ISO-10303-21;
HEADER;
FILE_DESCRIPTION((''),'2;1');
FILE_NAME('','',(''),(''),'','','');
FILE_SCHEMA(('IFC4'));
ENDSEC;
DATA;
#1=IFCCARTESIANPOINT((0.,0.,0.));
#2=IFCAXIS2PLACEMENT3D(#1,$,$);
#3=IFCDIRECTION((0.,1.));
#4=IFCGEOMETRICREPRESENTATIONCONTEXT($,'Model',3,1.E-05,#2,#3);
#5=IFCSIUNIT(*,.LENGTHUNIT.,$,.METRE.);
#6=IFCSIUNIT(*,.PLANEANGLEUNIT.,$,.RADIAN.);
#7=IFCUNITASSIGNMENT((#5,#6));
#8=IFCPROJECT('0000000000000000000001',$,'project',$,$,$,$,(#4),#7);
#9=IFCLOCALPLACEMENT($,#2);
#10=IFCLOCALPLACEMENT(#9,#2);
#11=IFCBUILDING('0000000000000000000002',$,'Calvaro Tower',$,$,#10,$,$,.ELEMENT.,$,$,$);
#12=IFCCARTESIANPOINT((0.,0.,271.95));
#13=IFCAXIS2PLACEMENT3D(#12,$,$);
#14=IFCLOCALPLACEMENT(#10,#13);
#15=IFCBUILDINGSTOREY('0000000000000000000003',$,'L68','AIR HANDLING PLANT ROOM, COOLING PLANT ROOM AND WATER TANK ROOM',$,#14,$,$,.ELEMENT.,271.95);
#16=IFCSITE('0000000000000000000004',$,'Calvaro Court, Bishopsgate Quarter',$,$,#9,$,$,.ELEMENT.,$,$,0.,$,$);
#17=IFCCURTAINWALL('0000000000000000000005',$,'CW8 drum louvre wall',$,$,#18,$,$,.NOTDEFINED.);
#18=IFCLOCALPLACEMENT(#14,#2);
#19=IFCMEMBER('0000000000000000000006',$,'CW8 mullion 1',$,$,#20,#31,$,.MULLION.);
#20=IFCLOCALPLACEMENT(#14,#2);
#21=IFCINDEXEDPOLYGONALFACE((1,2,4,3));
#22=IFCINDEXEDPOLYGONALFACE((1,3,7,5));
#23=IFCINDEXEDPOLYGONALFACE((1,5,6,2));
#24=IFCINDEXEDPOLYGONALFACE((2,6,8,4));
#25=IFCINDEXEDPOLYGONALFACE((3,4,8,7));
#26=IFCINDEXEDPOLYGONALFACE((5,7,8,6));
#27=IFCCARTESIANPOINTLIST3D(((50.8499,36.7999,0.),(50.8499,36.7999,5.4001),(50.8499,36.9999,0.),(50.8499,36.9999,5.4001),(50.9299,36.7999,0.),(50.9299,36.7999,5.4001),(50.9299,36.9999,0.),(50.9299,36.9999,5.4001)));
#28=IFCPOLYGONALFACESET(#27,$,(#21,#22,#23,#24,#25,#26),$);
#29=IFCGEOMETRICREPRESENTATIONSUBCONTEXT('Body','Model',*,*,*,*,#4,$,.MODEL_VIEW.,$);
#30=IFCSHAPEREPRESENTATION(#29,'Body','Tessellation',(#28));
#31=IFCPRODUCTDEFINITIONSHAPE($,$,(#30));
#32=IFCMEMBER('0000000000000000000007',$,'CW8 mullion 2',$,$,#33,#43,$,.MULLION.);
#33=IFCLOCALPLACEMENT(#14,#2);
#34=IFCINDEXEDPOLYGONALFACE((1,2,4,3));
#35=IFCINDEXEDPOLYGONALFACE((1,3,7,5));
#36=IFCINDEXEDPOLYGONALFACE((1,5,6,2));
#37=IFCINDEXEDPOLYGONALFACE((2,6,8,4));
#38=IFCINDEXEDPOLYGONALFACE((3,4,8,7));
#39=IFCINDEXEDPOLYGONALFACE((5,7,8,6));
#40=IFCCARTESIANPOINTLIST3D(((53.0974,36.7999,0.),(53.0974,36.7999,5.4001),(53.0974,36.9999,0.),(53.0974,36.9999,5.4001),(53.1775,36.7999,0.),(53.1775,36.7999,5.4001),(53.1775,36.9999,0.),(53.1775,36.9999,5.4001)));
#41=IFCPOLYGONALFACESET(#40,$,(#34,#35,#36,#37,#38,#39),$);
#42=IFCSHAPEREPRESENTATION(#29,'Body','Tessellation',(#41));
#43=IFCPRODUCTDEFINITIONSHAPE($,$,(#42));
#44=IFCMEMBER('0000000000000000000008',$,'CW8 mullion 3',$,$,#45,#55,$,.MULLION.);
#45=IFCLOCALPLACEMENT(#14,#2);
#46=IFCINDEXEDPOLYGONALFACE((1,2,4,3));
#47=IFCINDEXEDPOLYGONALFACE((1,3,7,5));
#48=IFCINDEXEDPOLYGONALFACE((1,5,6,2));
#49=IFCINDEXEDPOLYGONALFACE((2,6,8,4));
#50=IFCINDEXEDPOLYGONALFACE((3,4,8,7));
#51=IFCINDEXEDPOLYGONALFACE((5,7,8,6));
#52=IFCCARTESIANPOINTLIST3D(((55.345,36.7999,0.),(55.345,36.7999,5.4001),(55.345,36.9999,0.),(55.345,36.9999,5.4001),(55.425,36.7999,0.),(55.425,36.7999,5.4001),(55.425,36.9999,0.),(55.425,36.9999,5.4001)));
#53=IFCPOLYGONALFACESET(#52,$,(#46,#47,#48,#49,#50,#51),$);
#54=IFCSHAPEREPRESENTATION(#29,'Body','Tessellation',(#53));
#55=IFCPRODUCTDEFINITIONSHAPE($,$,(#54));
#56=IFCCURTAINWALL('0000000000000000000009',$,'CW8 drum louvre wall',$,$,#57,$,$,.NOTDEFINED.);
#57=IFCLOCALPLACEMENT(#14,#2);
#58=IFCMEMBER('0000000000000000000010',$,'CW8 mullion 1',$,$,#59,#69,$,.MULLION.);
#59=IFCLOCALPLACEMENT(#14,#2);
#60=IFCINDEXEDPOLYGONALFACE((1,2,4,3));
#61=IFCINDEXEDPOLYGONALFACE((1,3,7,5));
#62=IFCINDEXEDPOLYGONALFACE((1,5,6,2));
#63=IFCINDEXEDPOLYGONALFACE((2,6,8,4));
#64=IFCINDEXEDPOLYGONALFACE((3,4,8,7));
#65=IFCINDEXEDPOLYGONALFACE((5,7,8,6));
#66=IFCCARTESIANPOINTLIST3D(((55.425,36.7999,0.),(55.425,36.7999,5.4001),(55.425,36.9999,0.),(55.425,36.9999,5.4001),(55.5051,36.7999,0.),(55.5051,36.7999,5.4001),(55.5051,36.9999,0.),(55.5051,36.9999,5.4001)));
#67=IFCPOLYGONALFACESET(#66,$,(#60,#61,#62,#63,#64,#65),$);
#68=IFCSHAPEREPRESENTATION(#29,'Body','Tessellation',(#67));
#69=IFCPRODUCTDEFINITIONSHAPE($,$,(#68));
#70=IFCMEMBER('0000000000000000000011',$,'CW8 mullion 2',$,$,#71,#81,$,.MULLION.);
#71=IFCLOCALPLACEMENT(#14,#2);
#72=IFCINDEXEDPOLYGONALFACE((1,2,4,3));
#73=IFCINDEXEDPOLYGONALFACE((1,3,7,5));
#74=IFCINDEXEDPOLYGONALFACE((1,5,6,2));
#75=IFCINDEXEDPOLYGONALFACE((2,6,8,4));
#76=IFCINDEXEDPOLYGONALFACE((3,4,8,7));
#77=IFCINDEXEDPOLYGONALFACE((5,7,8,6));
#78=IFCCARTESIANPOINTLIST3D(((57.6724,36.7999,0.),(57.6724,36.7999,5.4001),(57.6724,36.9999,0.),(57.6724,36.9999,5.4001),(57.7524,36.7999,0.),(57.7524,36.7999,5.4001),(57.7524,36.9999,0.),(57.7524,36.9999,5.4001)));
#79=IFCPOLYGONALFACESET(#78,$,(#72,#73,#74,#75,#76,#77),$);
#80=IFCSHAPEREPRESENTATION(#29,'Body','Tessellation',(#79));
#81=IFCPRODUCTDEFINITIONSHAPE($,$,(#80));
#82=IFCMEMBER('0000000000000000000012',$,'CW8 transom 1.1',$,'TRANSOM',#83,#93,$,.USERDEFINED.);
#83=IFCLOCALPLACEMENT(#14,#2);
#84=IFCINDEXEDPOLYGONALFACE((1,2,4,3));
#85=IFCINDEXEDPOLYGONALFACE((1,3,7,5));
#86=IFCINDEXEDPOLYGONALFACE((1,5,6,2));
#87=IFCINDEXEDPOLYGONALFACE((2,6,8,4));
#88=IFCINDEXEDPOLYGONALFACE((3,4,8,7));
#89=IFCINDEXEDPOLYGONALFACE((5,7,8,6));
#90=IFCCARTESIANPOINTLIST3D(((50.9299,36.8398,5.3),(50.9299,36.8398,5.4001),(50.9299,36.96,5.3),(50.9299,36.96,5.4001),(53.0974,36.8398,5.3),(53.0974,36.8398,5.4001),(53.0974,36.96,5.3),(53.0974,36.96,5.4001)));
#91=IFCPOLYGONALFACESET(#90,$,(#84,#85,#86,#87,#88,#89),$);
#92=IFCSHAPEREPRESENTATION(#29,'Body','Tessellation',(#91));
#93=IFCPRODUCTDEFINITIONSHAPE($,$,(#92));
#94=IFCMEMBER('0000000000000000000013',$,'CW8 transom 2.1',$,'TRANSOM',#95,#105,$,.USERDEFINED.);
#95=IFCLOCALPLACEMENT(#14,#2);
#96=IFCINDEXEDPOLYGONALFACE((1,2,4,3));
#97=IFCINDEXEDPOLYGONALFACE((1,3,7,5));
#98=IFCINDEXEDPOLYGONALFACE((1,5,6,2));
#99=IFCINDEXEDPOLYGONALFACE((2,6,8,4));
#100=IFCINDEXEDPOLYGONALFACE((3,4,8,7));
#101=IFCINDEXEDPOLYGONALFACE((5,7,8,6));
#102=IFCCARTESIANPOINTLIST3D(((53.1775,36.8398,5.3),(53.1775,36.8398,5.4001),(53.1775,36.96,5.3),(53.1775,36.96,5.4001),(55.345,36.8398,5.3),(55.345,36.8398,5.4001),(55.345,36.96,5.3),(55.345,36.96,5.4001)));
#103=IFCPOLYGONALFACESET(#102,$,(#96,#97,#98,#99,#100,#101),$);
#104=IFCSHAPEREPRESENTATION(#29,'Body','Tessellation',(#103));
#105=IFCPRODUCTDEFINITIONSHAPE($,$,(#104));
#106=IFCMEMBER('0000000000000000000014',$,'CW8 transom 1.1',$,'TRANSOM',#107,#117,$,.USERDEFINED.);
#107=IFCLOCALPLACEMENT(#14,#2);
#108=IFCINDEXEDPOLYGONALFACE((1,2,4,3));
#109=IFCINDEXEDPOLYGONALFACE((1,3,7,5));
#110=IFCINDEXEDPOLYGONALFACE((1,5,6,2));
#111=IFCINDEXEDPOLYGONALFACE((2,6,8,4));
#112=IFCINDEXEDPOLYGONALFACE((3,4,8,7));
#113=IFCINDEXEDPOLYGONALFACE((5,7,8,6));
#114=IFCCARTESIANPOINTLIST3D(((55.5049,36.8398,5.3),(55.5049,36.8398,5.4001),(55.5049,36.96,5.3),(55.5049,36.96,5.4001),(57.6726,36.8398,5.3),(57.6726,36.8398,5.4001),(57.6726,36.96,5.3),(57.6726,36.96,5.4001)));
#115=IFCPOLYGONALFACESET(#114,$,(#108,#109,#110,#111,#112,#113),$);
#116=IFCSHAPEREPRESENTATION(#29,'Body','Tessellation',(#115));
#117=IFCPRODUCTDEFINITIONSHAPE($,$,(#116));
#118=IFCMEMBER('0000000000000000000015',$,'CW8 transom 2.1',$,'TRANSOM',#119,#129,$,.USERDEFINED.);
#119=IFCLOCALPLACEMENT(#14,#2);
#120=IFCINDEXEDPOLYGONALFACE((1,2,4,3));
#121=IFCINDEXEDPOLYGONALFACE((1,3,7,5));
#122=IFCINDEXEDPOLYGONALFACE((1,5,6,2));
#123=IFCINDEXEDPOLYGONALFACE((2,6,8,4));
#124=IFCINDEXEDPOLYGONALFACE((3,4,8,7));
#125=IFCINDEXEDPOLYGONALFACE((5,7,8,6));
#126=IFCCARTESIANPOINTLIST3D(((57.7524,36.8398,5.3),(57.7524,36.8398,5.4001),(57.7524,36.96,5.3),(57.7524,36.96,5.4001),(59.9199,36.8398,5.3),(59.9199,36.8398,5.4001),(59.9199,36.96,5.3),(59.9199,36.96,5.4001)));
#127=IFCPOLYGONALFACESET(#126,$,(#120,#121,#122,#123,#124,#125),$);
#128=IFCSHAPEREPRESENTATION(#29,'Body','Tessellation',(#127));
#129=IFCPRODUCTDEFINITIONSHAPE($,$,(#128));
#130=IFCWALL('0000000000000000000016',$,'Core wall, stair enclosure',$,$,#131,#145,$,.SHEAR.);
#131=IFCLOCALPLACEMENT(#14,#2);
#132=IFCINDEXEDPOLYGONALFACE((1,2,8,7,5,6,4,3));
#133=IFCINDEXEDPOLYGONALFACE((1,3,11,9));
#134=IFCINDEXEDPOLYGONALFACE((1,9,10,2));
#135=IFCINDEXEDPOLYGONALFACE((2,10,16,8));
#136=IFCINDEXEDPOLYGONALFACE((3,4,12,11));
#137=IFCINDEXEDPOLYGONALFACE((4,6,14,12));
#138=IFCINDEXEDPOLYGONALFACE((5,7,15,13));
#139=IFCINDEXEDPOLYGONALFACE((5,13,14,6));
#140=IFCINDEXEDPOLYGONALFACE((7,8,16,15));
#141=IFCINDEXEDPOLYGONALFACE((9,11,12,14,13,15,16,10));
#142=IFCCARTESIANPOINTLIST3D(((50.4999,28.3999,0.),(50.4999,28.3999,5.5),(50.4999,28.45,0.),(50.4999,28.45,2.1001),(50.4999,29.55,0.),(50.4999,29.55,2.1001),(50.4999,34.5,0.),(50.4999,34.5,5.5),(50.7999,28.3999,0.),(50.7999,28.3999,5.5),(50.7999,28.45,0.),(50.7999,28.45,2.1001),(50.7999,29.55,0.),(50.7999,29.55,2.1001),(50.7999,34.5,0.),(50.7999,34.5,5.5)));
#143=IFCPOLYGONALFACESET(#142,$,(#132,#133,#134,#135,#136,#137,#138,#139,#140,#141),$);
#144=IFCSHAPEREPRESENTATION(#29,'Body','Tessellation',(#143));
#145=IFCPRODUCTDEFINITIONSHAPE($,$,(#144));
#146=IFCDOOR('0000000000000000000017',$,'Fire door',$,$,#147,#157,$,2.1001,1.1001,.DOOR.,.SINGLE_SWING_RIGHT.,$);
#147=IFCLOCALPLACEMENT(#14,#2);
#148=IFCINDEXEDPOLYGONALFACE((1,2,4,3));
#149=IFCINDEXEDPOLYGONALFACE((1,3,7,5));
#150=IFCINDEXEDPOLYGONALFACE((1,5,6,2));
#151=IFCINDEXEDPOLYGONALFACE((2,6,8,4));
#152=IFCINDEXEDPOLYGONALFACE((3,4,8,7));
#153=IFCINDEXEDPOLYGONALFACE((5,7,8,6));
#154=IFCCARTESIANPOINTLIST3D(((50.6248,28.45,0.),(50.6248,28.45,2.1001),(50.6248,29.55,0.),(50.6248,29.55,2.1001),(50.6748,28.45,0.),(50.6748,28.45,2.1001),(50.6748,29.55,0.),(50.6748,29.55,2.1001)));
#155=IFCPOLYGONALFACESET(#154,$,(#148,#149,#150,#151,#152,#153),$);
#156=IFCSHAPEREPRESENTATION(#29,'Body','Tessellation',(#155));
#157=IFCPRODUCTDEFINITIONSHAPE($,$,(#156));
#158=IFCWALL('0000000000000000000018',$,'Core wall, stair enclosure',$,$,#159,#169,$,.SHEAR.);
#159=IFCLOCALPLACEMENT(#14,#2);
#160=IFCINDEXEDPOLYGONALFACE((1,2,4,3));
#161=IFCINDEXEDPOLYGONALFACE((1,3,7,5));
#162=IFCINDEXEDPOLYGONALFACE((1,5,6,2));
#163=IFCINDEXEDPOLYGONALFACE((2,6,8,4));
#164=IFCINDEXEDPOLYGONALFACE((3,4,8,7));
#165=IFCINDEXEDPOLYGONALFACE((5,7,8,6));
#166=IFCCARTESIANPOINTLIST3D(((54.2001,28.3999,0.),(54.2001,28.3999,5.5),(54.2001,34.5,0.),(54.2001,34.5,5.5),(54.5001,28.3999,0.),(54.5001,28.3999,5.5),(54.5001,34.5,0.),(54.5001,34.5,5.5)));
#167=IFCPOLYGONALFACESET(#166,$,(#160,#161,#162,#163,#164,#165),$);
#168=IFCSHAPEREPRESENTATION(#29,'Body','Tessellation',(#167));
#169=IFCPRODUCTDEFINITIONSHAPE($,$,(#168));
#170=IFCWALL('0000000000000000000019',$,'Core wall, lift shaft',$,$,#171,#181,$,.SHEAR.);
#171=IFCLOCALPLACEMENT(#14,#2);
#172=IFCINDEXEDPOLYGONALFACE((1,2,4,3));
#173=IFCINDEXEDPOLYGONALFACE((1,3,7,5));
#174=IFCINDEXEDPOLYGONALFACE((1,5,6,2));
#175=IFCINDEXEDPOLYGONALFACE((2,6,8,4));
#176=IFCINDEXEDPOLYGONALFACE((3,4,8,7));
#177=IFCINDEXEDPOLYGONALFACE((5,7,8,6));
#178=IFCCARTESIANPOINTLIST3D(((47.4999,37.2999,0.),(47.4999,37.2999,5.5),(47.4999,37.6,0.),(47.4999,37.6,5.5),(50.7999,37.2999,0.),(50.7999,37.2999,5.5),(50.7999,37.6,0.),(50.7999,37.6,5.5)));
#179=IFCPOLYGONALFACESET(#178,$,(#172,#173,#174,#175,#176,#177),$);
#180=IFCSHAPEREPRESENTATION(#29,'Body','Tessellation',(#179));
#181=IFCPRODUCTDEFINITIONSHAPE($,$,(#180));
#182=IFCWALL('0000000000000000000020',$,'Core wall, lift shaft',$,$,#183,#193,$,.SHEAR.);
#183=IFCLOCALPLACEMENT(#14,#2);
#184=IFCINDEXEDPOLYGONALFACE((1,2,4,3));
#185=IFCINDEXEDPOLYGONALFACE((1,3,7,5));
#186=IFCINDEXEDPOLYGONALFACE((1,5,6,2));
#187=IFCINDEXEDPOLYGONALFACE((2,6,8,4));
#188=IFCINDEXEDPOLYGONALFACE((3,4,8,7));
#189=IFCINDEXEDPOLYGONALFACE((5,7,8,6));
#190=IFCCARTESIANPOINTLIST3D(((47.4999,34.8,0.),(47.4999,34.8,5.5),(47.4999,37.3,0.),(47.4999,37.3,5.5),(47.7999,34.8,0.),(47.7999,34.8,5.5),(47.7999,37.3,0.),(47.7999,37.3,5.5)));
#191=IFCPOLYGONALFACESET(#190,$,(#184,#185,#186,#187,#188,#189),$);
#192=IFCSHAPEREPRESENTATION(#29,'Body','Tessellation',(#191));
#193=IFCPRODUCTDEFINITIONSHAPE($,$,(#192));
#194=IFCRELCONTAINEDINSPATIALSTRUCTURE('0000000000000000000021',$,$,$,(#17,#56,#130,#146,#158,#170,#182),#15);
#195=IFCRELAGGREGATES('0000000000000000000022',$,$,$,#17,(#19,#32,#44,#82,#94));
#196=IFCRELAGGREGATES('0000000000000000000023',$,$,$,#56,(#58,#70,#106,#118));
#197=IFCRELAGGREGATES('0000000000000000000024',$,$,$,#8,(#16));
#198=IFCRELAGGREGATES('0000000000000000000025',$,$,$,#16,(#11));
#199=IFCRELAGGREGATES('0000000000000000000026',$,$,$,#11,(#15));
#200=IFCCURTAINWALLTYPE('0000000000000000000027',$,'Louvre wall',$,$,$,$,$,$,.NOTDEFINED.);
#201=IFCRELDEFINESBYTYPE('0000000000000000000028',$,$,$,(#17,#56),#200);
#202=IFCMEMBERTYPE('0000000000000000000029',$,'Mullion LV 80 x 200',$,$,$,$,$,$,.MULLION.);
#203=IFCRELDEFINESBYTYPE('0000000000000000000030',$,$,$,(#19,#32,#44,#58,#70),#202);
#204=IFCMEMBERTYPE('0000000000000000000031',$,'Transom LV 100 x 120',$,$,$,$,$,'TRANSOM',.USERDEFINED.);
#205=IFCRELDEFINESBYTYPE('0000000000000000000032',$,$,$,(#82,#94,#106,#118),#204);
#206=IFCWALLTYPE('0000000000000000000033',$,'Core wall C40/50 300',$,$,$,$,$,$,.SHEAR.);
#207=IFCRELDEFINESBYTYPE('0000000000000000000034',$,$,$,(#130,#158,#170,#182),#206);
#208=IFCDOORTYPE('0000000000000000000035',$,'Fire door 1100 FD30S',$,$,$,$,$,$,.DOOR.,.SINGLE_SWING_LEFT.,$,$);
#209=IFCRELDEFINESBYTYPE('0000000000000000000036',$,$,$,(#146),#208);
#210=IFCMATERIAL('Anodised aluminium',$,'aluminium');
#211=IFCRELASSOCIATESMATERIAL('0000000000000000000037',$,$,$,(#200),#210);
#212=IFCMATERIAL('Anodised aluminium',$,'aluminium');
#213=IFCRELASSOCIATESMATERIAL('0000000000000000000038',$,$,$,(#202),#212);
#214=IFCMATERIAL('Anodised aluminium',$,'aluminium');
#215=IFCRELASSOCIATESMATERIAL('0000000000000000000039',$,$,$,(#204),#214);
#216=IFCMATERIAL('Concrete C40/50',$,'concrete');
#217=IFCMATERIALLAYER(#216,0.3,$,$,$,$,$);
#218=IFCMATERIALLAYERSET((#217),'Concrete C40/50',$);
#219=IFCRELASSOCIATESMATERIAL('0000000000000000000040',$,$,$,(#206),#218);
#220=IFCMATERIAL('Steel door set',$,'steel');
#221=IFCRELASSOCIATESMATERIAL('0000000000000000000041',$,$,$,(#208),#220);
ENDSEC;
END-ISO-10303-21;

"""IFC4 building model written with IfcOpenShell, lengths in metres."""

from ifc_helpers import new_model, si_unit, direction, frame, frame_2d, origin, origin_2d, place, context, subcontext, project, spatial, rectangle, extrude, material, layer, layer_set, material_profile, profile_set, type_object, element, fill, aggregate, save


model = new_model("IFC4")

# Units and contexts
model_context = context("Model", 3, precision=1e-05, world=origin(), true_north=direction((0.0, 1.0)))
body_context = subcontext(model_context, "Body", "Model", "MODEL_VIEW")
ifc_project = project(units=[si_unit("LENGTHUNIT", "METRE"), si_unit("PLANEANGLEUNIT", "RADIAN")], contexts=[model_context])

# Site, building, storey
site_placement = place(None, origin())
site = spatial("IfcSite", under=ifc_project, at=site_placement, Name="Calvaro Court, Bishopsgate Quarter", CompositionType="ELEMENT", RefElevation=0.0)
building_placement = place(site_placement, origin())
building = spatial("IfcBuilding", under=site, at=building_placement, Name="Calvaro Tower", CompositionType="ELEMENT")
storey_placement = place(building_placement, frame((0.0, 0.0, 271.95)))
storey = spatial("IfcBuildingStorey", under=building, at=storey_placement, Name="L68", Description="AIR HANDLING PLANT ROOM, COOLING PLANT ROOM AND WATER TANK ROOM", CompositionType="ELEMENT", Elevation=271.95)

# Curtain walls, members
ifc_material_1 = material(Name="Anodised aluminium", Category="aluminium")
curtain_wall_type = type_object("IfcCurtainWallType", Name="Louvre wall", PredefinedType="NOTDEFINED", material=ifc_material_1)
curtain_wall_1_placement = place(storey_placement, origin())
curtain_wall_1 = element("IfcCurtainWall", 1, at=curtain_wall_1_placement, inside=storey, type_object=curtain_wall_type, Name="CW8 drum louvre wall", PredefinedType="NOTDEFINED")
ifc_material_2 = material(Name="Anodised aluminium", Category="aluminium")
ifc_material_profile_1 = material_profile(ifc_material_2, rectangle(XDim=0.2, YDim=0.0801, at=origin_2d()), Name="Mullion LV 80 x 200")
ifc_profile_set_1 = profile_set([ifc_material_profile_1], Name="Anodised aluminium")
member_type_1 = type_object("IfcMemberType", Name="Mullion LV 80 x 200", PredefinedType="MULLION", material=ifc_profile_set_1)
member_1_placement = place(storey_placement, frame((50.8899, 36.8999, 0.0), z_axis=(0.0, 0.0, 1.0), x_axis=(0.0, 1.0, 0.0)))
member_1 = element("IfcMember", 2, at=member_1_placement, type_object=member_type_1, Name="CW8 mullion 1", PredefinedType="MULLION", context=body_context, shape_type="SweptSolid", body=[
    extrude(rectangle(XDim=0.2, YDim=0.0801, at=origin_2d()), origin(), (0.0, 0.0, 1.0), 5.4001),
])
member_2_placement = place(storey_placement, frame((53.1375, 36.8999, 0.0), z_axis=(0.0, 0.0, 1.0), x_axis=(0.0, 1.0, 0.0)))
member_2 = element("IfcMember", 3, at=member_2_placement, type_object=member_type_1, Name="CW8 mullion 2", PredefinedType="MULLION", context=body_context, shape_type="SweptSolid", body=[
    extrude(rectangle(XDim=0.2, YDim=0.0801, at=origin_2d()), origin(), (0.0, 0.0, 1.0), 5.4001),
])
member_3_placement = place(storey_placement, frame((55.385, 36.8999, 0.0), z_axis=(0.0, 0.0, 1.0), x_axis=(0.0, 1.0, 0.0)))
member_3 = element("IfcMember", 4, at=member_3_placement, type_object=member_type_1, Name="CW8 mullion 3", PredefinedType="MULLION", context=body_context, shape_type="SweptSolid", body=[
    extrude(rectangle(XDim=0.2, YDim=0.0801, at=origin_2d()), origin(), (0.0, 0.0, 1.0), 5.4001),
])
curtain_wall_2_placement = place(storey_placement, origin())
curtain_wall_2 = element("IfcCurtainWall", 5, at=curtain_wall_2_placement, inside=storey, type_object=curtain_wall_type, Name="CW8 drum louvre wall", PredefinedType="NOTDEFINED")
member_4_placement = place(storey_placement, frame((55.4651, 36.8999, 0.0), z_axis=(0.0, 0.0, 1.0), x_axis=(0.0, 1.0, 0.0)))
member_4 = element("IfcMember", 6, at=member_4_placement, type_object=member_type_1, Name="CW8 mullion 1", PredefinedType="MULLION", context=body_context, shape_type="SweptSolid", body=[
    extrude(rectangle(XDim=0.2, YDim=0.0801, at=origin_2d()), origin(), (0.0, 0.0, 1.0), 5.4001),
])
member_5_placement = place(storey_placement, frame((57.7124, 36.8999, 0.0), z_axis=(0.0, 0.0, 1.0), x_axis=(0.0, 1.0, 0.0)))
member_5 = element("IfcMember", 7, at=member_5_placement, type_object=member_type_1, Name="CW8 mullion 2", PredefinedType="MULLION", context=body_context, shape_type="SweptSolid", body=[
    extrude(rectangle(XDim=0.2, YDim=0.0801, at=origin_2d()), origin(), (0.0, 0.0, 1.0), 5.4001),
])

# Members
ifc_material_3 = material(Name="Anodised aluminium", Category="aluminium")
ifc_material_profile_2 = material_profile(ifc_material_3, rectangle(XDim=0.1201, YDim=0.1001, at=origin_2d()), Name="Transom LV 100 x 120")
ifc_profile_set_2 = profile_set([ifc_material_profile_2], Name="Anodised aluminium")
member_type_2 = type_object("IfcMemberType", Name="Transom LV 100 x 120", ElementType="TRANSOM", PredefinedType="USERDEFINED", material=ifc_profile_set_2)
member_6_placement = place(storey_placement, frame((50.9299, 36.8999, 5.3501), z_axis=(1.0, 0.0, 0.0), x_axis=(0.0, 1.0, 0.0)))
member_6 = element("IfcMember", 8, at=member_6_placement, type_object=member_type_2, Name="CW8 transom 1.1", ObjectType="TRANSOM", PredefinedType="USERDEFINED", context=body_context, shape_type="SweptSolid", body=[
    extrude(rectangle(XDim=0.1201, YDim=0.1001, at=origin_2d()), origin(), (0.0, 0.0, 1.0), 2.1675),
])
member_7_placement = place(storey_placement, frame((53.1775, 36.8999, 5.3501), z_axis=(1.0, 0.0, 0.0), x_axis=(0.0, 1.0, 0.0)))
member_7 = element("IfcMember", 9, at=member_7_placement, type_object=member_type_2, Name="CW8 transom 2.1", ObjectType="TRANSOM", PredefinedType="USERDEFINED", context=body_context, shape_type="SweptSolid", body=[
    extrude(rectangle(XDim=0.1201, YDim=0.1001, at=origin_2d()), origin(), (0.0, 0.0, 1.0), 2.1675),
])
member_8_placement = place(storey_placement, frame((55.5049, 36.8999, 5.3501), z_axis=(1.0, 0.0, 0.0), x_axis=(0.0, 1.0, 0.0)))
member_8 = element("IfcMember", 10, at=member_8_placement, type_object=member_type_2, Name="CW8 transom 1.1", ObjectType="TRANSOM", PredefinedType="USERDEFINED", context=body_context, shape_type="SweptSolid", body=[
    extrude(rectangle(XDim=0.1201, YDim=0.1001, at=origin_2d()), origin(), (0.0, 0.0, 1.0), 2.1677),
])
member_9_placement = place(storey_placement, frame((57.7524, 36.8999, 5.3501), z_axis=(1.0, 0.0, 0.0), x_axis=(0.0, 1.0, 0.0)))
member_9 = element("IfcMember", 11, at=member_9_placement, type_object=member_type_2, Name="CW8 transom 2.1", ObjectType="TRANSOM", PredefinedType="USERDEFINED", context=body_context, shape_type="SweptSolid", body=[
    extrude(rectangle(XDim=0.1201, YDim=0.1001, at=origin_2d()), origin(), (0.0, 0.0, 1.0), 2.1675),
])

# Wall, opening, door
ifc_material_4 = material(Name="Concrete C40/50", Category="concrete")
ifc_layer_1 = layer(ifc_material_4, 0.3)
ifc_layer_set_1 = layer_set([ifc_layer_1], Name="Concrete C40/50")
wall_type = type_object("IfcWallType", Name="Core wall C40/50 300", PredefinedType="SHEAR", material=ifc_layer_set_1)
wall_1_placement = place(storey_placement, frame((50.6499, 34.5, 0.0), z_axis=(0.0, 0.0, 1.0), x_axis=(0.0, -1.0, 0.0)))
wall_1 = element("IfcWall", 12, at=wall_1_placement, inside=storey, type_object=wall_type, Name="Core wall, stair enclosure", PredefinedType="SHEAR", context=body_context, shape_type="SweptSolid", body=[
    extrude(rectangle(XDim=6.1001, YDim=0.3, at=frame_2d((3.05, 0.0))), origin(), (0.0, 0.0, 1.0), 5.5),
])
opening_placement = place(wall_1_placement, frame((4.95, 0.0, 0.0)))
opening = element("IfcOpeningElement", 13, at=opening_placement, cuts=wall_1, PredefinedType="OPENING", context=body_context, shape_type="SweptSolid", body=[
    extrude(rectangle(XDim=1.1001, YDim=2.1001, at=frame_2d((0.55, 1.05))), frame((0.0, 0.1599, 0.0), z_axis=(0.0, -1.0, 0.0), x_axis=(1.0, 0.0, 0.0)), (0.0, 0.0, 1.0), 0.3201),
])
ifc_material_5 = material(Name="Steel door set", Category="steel")
door_type = type_object("IfcDoorType", Name="Fire door 1100 FD30S", OperationType="SINGLE_SWING_LEFT", PredefinedType="DOOR", material=ifc_material_5)
door_placement = place(opening_placement, origin())
door = element("IfcDoor", 14, at=door_placement, inside=storey, type_object=door_type, Name="Fire door", OperationType="SINGLE_SWING_RIGHT", OverallHeight=2.1001, OverallWidth=1.1001, PredefinedType="DOOR", context=body_context, shape_type="SweptSolid", body=[
    extrude(rectangle(XDim=1.1001, YDim=2.1001, at=frame_2d((0.55, 1.05))), frame((0.0, 0.0249, 0.0), z_axis=(0.0, -1.0, 0.0), x_axis=(1.0, 0.0, 0.0)), (0.0, 0.0, 1.0), 0.05),
])
fill(opening, door)

# Walls
wall_2_placement = place(storey_placement, frame((54.3501, 28.3999, 0.0), z_axis=(0.0, 0.0, 1.0), x_axis=(0.0, 1.0, 0.0)))
element("IfcWall", 15, at=wall_2_placement, inside=storey, type_object=wall_type, Name="Core wall, stair enclosure", PredefinedType="SHEAR", context=body_context, shape_type="SweptSolid", body=[
    extrude(rectangle(XDim=6.1001, YDim=0.3, at=frame_2d((3.05, 0.0))), origin(), (0.0, 0.0, 1.0), 5.5),
])
wall_3_placement = place(storey_placement, frame((47.5, 37.45, 0.0), z_axis=(0.0, 0.0, 1.0), x_axis=(1.0, 0.0, 0.0)))
element("IfcWall", 16, at=wall_3_placement, inside=storey, type_object=wall_type, Name="Core wall, lift shaft", PredefinedType="SHEAR", context=body_context, shape_type="SweptSolid", body=[
    extrude(rectangle(XDim=3.3, YDim=0.3, at=frame_2d((1.6499, 0.0))), origin(), (0.0, 0.0, 1.0), 5.5),
])
for number, where, z_axis, x_axis, name in (
    (17, (47.6499, 34.8, 0.0), (0.0, 0.0, 1.0), (0.0, 1.0, 0.0), "Core wall, lift shaft"),
):
    element("IfcWall", number, at=place(storey_placement, frame(where, z_axis=z_axis, x_axis=x_axis)), inside=storey, type_object=wall_type, Name=name, PredefinedType="SHEAR", context=body_context, shape_type="SweptSolid", body=[
        extrude(rectangle(XDim=2.5, YDim=0.3, at=frame_2d((1.25, 0.0))), origin(), (0.0, 0.0, 1.0), 5.5),
    ])

aggregate(curtain_wall_1, [member_1, member_2, member_3, member_6, member_7])
aggregate(curtain_wall_2, [member_4, member_5, member_8, member_9])

save(model, "model.ifc")
